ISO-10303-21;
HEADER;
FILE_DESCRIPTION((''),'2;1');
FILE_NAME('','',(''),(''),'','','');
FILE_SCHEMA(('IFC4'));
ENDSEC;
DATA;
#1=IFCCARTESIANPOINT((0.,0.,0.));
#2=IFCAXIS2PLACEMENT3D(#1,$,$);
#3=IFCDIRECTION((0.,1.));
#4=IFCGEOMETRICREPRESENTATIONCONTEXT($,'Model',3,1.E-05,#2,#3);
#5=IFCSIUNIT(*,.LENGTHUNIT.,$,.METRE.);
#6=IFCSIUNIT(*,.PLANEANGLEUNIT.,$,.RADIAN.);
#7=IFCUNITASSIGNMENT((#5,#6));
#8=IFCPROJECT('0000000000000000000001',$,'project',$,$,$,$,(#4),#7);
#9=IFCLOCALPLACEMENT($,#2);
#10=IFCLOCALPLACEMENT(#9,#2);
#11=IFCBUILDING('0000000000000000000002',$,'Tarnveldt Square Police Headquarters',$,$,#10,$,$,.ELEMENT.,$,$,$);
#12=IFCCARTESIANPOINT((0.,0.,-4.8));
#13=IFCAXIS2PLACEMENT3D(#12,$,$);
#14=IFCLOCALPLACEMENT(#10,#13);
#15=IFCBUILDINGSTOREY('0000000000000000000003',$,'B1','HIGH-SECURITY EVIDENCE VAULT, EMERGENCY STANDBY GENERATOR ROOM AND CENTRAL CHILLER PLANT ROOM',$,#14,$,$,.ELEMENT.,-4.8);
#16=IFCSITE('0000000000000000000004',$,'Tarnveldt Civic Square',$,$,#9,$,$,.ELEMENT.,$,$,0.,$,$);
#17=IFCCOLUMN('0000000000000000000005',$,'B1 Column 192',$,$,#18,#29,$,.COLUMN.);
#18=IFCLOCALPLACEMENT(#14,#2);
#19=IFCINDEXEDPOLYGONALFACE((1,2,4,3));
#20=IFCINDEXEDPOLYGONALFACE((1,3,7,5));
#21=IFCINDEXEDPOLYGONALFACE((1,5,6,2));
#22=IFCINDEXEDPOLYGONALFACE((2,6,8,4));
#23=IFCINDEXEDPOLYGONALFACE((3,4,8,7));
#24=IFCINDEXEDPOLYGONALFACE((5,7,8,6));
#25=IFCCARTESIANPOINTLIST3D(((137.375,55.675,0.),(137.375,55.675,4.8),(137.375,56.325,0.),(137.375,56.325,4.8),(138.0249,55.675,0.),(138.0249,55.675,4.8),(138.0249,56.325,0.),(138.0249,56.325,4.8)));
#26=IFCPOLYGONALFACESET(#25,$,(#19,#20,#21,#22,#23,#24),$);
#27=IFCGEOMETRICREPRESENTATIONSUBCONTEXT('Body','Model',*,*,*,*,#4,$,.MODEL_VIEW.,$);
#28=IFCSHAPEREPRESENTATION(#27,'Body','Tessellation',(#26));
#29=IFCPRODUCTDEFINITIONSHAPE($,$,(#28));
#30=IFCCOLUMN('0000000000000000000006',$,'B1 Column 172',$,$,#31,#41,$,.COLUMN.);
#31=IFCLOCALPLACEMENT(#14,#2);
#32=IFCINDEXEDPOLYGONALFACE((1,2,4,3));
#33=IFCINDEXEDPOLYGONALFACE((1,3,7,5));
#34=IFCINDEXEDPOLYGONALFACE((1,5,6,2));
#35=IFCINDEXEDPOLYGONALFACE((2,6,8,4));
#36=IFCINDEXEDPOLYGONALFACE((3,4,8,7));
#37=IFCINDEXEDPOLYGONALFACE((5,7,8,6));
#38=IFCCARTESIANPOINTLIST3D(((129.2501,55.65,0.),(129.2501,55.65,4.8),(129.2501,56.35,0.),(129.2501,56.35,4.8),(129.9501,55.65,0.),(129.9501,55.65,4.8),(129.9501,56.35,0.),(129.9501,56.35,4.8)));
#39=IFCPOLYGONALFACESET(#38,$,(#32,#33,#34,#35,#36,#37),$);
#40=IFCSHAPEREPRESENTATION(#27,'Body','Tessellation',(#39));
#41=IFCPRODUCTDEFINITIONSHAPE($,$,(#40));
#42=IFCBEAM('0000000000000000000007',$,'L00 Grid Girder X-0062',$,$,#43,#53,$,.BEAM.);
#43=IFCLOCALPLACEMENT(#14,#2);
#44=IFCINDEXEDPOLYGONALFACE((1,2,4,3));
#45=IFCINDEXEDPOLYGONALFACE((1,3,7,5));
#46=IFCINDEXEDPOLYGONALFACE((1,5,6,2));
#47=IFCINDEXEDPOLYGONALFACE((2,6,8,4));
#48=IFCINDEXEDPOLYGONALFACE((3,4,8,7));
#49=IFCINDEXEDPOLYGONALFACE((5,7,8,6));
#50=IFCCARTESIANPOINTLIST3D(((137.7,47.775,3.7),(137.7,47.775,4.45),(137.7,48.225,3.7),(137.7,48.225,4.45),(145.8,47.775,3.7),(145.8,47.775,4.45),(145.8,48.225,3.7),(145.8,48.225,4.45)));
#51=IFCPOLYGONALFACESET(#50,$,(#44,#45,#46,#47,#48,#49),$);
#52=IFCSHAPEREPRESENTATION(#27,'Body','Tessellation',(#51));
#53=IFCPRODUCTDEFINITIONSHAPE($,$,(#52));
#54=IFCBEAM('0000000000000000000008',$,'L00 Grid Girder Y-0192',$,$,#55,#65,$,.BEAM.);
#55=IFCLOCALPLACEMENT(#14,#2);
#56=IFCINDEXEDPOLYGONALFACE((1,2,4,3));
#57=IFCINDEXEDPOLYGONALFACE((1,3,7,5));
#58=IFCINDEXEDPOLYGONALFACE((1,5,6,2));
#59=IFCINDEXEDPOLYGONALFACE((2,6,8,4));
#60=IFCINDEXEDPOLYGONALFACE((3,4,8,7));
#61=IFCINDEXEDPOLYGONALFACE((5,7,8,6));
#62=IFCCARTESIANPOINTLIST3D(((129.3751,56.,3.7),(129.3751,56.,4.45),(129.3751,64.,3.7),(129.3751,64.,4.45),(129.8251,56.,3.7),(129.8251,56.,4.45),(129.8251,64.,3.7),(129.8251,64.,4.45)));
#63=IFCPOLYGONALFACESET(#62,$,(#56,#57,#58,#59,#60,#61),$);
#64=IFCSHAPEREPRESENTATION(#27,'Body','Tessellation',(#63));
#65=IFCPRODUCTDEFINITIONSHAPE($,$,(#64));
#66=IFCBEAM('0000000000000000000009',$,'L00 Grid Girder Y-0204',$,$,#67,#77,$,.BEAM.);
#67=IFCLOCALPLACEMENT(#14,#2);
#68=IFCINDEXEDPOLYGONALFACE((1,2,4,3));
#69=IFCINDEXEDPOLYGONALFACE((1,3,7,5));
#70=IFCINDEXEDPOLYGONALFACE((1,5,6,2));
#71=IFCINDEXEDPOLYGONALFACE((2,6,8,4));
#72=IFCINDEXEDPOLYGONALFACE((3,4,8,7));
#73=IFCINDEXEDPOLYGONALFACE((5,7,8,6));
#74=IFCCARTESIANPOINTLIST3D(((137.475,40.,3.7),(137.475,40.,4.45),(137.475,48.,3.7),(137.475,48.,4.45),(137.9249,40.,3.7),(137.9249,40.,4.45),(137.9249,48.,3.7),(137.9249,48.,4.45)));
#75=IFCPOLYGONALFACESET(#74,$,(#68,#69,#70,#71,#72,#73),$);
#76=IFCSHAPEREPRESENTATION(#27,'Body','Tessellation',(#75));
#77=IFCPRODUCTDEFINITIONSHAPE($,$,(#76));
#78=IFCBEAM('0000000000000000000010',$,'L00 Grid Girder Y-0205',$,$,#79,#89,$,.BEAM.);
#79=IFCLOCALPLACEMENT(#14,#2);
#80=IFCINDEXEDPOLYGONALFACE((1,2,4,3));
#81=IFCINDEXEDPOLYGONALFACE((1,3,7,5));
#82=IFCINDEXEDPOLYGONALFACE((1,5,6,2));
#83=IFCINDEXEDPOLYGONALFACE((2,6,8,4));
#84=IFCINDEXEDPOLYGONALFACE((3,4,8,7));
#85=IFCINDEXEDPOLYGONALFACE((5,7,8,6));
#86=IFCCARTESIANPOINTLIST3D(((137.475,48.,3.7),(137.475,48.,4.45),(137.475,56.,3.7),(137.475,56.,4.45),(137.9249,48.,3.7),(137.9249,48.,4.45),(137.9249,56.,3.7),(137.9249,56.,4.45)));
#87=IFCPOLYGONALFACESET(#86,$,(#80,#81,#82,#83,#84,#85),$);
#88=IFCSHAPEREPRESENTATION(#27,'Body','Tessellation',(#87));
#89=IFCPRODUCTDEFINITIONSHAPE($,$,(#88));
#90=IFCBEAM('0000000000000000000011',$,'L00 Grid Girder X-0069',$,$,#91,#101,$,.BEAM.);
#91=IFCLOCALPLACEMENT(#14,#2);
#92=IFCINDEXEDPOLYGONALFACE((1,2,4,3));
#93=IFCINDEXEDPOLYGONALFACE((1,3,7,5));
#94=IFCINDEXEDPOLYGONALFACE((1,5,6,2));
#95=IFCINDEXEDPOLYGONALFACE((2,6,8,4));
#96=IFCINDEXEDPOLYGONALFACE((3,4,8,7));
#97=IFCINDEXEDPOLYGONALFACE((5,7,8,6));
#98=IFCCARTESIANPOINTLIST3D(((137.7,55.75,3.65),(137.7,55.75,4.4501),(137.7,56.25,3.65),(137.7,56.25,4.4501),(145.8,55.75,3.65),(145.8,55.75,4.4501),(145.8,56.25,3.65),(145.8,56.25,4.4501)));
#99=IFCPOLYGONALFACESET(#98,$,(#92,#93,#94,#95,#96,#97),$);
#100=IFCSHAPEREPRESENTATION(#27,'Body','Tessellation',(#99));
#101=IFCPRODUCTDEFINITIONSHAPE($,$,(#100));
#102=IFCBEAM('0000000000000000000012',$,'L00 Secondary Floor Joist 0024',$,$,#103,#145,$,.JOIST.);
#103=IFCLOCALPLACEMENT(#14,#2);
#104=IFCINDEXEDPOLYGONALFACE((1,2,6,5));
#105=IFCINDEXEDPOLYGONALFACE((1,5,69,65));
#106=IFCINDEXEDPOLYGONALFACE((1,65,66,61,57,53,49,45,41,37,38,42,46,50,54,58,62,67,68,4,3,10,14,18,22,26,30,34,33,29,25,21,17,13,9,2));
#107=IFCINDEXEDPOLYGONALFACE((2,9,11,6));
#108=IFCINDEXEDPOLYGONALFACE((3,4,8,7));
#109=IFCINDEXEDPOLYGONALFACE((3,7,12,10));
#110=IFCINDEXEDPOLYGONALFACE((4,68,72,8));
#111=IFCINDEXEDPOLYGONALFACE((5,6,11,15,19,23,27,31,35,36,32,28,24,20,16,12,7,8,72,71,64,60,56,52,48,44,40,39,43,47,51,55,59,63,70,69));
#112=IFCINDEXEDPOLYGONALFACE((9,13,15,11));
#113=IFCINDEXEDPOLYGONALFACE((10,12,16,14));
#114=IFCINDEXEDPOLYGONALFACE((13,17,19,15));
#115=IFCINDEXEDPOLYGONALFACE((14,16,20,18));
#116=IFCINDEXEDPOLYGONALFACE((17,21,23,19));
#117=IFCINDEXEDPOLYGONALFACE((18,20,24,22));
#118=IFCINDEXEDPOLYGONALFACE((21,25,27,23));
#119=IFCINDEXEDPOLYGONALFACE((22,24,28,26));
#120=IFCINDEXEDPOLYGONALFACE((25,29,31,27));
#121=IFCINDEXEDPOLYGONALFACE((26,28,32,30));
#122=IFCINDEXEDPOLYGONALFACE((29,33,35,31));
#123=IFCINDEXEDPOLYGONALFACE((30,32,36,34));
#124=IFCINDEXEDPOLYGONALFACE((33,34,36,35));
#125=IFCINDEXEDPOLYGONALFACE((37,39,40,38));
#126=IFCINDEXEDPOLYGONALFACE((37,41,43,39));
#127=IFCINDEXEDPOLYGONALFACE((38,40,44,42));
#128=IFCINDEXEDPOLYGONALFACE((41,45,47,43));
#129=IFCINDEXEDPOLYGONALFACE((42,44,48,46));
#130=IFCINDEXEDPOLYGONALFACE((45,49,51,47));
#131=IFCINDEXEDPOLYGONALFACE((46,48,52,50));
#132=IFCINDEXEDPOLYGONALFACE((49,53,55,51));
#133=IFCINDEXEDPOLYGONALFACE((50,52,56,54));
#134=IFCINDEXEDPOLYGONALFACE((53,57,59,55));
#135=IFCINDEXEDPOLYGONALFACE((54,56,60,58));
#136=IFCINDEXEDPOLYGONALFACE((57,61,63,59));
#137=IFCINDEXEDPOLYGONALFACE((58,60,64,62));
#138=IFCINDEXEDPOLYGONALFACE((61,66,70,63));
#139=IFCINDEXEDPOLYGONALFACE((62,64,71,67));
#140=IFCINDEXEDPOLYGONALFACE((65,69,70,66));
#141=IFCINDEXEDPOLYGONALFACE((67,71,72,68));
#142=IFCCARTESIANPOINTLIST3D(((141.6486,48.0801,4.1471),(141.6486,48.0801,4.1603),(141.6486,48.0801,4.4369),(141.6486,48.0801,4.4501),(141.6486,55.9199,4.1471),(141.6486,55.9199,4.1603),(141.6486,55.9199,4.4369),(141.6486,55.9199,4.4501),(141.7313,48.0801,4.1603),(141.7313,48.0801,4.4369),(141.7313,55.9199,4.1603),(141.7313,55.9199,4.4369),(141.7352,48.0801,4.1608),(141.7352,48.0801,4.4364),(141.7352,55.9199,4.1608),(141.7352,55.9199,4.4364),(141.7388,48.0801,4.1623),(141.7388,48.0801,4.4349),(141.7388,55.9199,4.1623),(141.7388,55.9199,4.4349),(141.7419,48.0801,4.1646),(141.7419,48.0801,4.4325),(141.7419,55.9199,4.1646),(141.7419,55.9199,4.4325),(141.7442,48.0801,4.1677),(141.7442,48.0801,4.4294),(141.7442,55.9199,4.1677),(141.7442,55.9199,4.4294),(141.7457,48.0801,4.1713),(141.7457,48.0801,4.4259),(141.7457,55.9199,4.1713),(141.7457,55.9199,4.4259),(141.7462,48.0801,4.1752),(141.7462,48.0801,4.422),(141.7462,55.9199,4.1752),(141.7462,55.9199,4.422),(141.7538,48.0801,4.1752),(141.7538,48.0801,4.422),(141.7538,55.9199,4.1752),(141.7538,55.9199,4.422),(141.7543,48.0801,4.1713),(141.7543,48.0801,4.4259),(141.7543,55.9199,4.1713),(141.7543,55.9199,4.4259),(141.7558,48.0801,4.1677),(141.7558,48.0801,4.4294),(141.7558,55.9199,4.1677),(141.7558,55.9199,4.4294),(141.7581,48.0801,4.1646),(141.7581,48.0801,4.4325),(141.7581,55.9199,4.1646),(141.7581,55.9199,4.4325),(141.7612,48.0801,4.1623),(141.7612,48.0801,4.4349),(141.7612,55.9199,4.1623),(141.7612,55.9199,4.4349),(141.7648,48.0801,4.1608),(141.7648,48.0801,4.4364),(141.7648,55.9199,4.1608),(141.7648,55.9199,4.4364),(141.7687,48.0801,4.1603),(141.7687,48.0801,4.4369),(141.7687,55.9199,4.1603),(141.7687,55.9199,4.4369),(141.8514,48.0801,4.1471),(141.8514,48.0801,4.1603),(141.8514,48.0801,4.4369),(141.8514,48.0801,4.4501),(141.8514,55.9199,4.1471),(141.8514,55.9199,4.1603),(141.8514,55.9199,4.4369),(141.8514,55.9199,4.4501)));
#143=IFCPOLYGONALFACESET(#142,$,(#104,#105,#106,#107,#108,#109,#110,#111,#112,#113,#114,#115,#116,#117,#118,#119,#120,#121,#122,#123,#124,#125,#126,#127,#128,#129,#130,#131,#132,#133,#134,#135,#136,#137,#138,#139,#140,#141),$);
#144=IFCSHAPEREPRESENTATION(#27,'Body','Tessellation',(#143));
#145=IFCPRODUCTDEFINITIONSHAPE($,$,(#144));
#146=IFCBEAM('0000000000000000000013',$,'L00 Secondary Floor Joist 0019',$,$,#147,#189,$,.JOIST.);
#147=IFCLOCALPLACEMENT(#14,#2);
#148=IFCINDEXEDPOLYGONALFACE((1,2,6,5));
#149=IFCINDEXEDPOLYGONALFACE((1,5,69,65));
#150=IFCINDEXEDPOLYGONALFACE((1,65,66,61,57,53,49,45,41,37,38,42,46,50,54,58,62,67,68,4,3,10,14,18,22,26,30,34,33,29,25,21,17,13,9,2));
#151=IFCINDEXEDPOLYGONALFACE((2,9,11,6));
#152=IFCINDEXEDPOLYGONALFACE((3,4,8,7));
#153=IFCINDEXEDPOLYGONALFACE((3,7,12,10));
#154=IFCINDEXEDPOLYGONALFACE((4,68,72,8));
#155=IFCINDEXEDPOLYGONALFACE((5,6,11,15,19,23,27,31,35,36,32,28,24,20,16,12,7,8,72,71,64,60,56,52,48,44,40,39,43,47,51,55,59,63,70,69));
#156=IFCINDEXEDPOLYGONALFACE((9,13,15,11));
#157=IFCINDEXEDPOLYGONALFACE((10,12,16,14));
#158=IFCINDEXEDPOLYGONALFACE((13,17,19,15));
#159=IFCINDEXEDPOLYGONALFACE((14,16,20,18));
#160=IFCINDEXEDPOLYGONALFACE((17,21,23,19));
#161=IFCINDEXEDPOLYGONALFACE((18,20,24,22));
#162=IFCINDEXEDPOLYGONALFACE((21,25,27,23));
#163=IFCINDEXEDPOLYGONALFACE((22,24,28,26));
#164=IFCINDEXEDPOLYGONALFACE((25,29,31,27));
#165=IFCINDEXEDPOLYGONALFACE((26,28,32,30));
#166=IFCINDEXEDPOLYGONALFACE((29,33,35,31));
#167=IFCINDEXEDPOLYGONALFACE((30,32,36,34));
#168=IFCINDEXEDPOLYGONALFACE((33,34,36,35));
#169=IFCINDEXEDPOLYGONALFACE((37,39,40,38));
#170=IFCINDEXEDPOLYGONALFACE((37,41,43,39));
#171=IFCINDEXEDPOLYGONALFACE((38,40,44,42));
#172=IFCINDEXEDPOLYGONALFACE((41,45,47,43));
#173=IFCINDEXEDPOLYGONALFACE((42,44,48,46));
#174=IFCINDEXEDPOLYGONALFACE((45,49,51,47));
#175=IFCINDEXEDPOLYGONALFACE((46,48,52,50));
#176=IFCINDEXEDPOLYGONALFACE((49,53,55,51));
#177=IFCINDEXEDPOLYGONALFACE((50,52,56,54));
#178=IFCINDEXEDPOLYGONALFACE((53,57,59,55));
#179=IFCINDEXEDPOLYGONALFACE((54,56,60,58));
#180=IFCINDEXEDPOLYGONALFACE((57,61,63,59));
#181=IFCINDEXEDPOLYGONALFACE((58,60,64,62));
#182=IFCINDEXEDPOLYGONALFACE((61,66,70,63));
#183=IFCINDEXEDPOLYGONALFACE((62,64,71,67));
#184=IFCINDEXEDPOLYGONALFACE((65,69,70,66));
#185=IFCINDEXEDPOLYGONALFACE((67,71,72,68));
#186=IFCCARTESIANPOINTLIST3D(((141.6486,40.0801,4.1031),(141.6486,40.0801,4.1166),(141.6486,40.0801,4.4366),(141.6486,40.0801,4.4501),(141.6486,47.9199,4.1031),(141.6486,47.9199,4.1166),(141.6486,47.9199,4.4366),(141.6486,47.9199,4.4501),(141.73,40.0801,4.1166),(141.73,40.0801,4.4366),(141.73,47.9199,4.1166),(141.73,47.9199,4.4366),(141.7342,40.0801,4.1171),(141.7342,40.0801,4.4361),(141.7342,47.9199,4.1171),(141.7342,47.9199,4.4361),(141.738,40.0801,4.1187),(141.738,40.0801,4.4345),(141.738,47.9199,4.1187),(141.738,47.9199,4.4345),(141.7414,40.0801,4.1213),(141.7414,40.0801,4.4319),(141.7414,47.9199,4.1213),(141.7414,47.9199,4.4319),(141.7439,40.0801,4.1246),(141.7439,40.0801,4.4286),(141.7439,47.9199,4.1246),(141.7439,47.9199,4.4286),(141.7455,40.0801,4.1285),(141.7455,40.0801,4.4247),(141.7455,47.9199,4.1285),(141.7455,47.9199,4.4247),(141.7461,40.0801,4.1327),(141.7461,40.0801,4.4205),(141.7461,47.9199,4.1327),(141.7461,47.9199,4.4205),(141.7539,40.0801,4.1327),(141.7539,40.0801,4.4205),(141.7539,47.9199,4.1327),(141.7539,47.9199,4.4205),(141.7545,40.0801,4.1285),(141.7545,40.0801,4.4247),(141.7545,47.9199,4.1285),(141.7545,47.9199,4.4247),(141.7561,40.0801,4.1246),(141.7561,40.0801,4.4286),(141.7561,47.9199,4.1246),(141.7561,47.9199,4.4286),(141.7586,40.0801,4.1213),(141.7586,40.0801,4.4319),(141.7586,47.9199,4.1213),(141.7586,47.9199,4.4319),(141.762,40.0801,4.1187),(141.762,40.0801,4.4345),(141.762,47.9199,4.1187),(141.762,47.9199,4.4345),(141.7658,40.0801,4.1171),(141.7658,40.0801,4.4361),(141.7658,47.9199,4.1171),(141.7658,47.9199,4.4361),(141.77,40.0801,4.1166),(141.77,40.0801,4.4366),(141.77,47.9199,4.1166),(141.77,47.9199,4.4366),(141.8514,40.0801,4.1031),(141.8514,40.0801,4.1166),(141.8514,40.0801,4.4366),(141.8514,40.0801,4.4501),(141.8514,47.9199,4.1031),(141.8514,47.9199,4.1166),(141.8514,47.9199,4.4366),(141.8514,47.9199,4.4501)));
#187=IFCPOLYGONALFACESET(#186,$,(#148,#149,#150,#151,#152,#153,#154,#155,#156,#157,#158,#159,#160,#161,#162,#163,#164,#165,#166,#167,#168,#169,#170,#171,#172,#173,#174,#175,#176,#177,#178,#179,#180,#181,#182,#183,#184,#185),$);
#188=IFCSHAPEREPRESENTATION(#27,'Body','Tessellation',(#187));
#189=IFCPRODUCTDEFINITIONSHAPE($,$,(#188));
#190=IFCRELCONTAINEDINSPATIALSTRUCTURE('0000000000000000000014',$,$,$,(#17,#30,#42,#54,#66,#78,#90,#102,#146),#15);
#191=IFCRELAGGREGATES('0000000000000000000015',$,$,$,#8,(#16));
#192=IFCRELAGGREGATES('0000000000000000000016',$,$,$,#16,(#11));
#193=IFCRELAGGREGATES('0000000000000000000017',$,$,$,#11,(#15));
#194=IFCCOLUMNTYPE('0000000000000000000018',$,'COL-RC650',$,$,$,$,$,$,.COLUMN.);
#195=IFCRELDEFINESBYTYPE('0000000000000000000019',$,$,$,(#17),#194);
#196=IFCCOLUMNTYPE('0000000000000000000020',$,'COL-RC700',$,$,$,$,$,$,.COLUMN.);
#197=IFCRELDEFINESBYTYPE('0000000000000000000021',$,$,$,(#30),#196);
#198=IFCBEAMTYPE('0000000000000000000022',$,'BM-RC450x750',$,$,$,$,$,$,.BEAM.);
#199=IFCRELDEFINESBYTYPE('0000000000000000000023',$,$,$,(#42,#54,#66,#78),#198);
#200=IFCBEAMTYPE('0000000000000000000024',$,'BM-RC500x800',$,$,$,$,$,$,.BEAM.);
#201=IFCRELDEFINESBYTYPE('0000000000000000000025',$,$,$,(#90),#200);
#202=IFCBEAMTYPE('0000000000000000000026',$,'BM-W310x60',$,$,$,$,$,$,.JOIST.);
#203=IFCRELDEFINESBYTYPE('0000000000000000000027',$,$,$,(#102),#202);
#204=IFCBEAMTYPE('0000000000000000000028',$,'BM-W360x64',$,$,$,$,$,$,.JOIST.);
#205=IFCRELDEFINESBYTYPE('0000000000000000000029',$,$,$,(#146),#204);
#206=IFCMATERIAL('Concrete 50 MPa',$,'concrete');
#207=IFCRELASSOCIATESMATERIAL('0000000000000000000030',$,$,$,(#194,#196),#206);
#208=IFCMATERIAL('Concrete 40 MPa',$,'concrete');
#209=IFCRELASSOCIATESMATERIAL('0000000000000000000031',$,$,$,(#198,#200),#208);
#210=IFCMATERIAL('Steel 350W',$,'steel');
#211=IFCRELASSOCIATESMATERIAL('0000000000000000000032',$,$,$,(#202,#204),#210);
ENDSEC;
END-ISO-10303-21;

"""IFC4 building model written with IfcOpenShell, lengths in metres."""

from ifc_helpers import new_model, si_unit, direction, frame, origin, origin_2d, place, context, subcontext, project, spatial, rectangle, i_section, extrude, material, material_profile, profile_set, type_object, element, save


model = new_model("IFC4")

# Units and contexts
model_context = context("Model", 3, precision=1e-05, world=origin(), true_north=direction((0.0, 1.0)))
body_context = subcontext(model_context, "Body", "Model", "MODEL_VIEW")
ifc_project = project(units=[si_unit("LENGTHUNIT", "METRE"), si_unit("PLANEANGLEUNIT", "RADIAN")], contexts=[model_context])

# Site, building, storey
site_placement = place(None, origin())
site = spatial("IfcSite", under=ifc_project, at=site_placement, Name="Tarnveldt Civic Square", CompositionType="ELEMENT", RefElevation=0.0)
building_placement = place(site_placement, origin())
building = spatial("IfcBuilding", under=site, at=building_placement, Name="Tarnveldt Square Police Headquarters", CompositionType="ELEMENT")
storey_placement = place(building_placement, frame((0.0, 0.0, -4.8)))
storey = spatial("IfcBuildingStorey", under=building, at=storey_placement, Name="B1", Description="HIGH-SECURITY EVIDENCE VAULT, EMERGENCY STANDBY GENERATOR ROOM AND CENTRAL CHILLER PLANT ROOM", CompositionType="ELEMENT", Elevation=-4.8)

# Columns
ifc_material_1 = material(Name="Concrete 40 MPa", Category="concrete")
ifc_material_2 = material(Name="Concrete 50 MPa", Category="concrete")
ifc_material_profile_1 = material_profile(ifc_material_2, rectangle(XDim=0.6499, YDim=0.6499, at=origin_2d()), Name="RC-C650x650")
ifc_profile_set_1 = profile_set([ifc_material_profile_1], Name="Concrete 50 MPa")
column_type_1 = type_object("IfcColumnType", Name="COL-RC650", PredefinedType="COLUMN", material=ifc_profile_set_1)
column_1_placement = place(storey_placement, frame((137.7, 56.0, 0.0), z_axis=(0.0, 0.0, 1.0), x_axis=(1.0, 0.0, 0.0)))
element("IfcColumn", 1, at=column_1_placement, inside=storey, type_object=column_type_1, Name="B1 Column 192", PredefinedType="COLUMN", context=body_context, shape_type="SweptSolid", body=[
    extrude(rectangle(XDim=0.6499, YDim=0.6499, at=origin_2d()), origin(), (0.0, 0.0, 1.0), 4.8),
])
ifc_material_profile_2 = material_profile(ifc_material_2, rectangle(XDim=0.7, YDim=0.7, at=origin_2d()), Name="RC-C700x700")
ifc_profile_set_2 = profile_set([ifc_material_profile_2], Name="Concrete 50 MPa")
column_type_2 = type_object("IfcColumnType", Name="COL-RC700", PredefinedType="COLUMN", material=ifc_profile_set_2)
column_2_placement = place(storey_placement, frame((129.6001, 56.0, 0.0), z_axis=(0.0, 0.0, 1.0), x_axis=(1.0, 0.0, 0.0)))
element("IfcColumn", 2, at=column_2_placement, inside=storey, type_object=column_type_2, Name="B1 Column 172", PredefinedType="COLUMN", context=body_context, shape_type="SweptSolid", body=[
    extrude(rectangle(XDim=0.7, YDim=0.7, at=origin_2d()), origin(), (0.0, 0.0, 1.0), 4.8),
])

# Beams
ifc_material_profile_3 = material_profile(ifc_material_1, rectangle(XDim=0.45, YDim=0.75, at=origin_2d()), Name="RC-B450x750")
ifc_profile_set_3 = profile_set([ifc_material_profile_3], Name="Concrete 40 MPa")
beam_type_1 = type_object("IfcBeamType", Name="BM-RC450x750", PredefinedType="BEAM", material=ifc_profile_set_3)
beam_1_placement = place(storey_placement, frame((137.7, 48.0, 4.075), z_axis=(1.0, 0.0, 0.0), x_axis=(0.0, 1.0, 0.0)))
element("IfcBeam", 3, at=beam_1_placement, inside=storey, type_object=beam_type_1, Name="L00 Grid Girder X-0062", PredefinedType="BEAM", context=body_context, shape_type="SweptSolid", body=[
    extrude(rectangle(XDim=0.45, YDim=0.75, at=origin_2d()), origin(), (0.0, 0.0, 1.0), 8.1001),
])
for number, where, z_axis, x_axis, name in (
    (4, (129.6001, 56.0, 4.075), (0.0, 1.0, 0.0), (-1.0, 0.0, 0.0), "L00 Grid Girder Y-0192"),
    (5, (137.7, 40.0, 4.075), (0.0, 1.0, 0.0), (-1.0, 0.0, 0.0), "L00 Grid Girder Y-0204"),
    (6, (137.7, 48.0, 4.075), (0.0, 1.0, 0.0), (-1.0, 0.0, 0.0), "L00 Grid Girder Y-0205"),
):
    element("IfcBeam", number, at=place(storey_placement, frame(where, z_axis=z_axis, x_axis=x_axis)), inside=storey, type_object=beam_type_1, Name=name, PredefinedType="BEAM", context=body_context, shape_type="SweptSolid", body=[
        extrude(rectangle(XDim=0.45, YDim=0.75, at=origin_2d()), origin(), (0.0, 0.0, 1.0), 8.0),
    ])
ifc_material_profile_4 = material_profile(ifc_material_1, rectangle(XDim=0.5, YDim=0.8, at=origin_2d()), Name="RC-B500x800")
ifc_profile_set_4 = profile_set([ifc_material_profile_4], Name="Concrete 40 MPa")
beam_type_2 = type_object("IfcBeamType", Name="BM-RC500x800", PredefinedType="BEAM", material=ifc_profile_set_4)
beam_2_placement = place(storey_placement, frame((137.7, 56.0, 4.05), z_axis=(1.0, 0.0, 0.0), x_axis=(0.0, 1.0, 0.0)))
element("IfcBeam", 7, at=beam_2_placement, inside=storey, type_object=beam_type_2, Name="L00 Grid Girder X-0069", PredefinedType="BEAM", context=body_context, shape_type="SweptSolid", body=[
    extrude(rectangle(XDim=0.5, YDim=0.8, at=origin_2d()), origin(), (0.0, 0.0, 1.0), 8.1001),
])
ifc_material_3 = material(Name="Steel 350W", Category="steel")
ifc_material_profile_5 = material_profile(ifc_material_3, i_section(OverallWidth=0.2029, OverallDepth=0.303, WebThickness=0.0076, FlangeThickness=0.0132, FilletRadius=0.0149, at=origin_2d()), Name="W310x60")
ifc_profile_set_5 = profile_set([ifc_material_profile_5], Name="Steel 350W")
beam_type_3 = type_object("IfcBeamType", Name="BM-W310x60", PredefinedType="JOIST", material=ifc_profile_set_5)
beam_3_placement = place(storey_placement, frame((141.75, 48.0801, 4.2986), z_axis=(0.0, 1.0, 0.0), x_axis=(-1.0, 0.0, 0.0)))
element("IfcBeam", 8, at=beam_3_placement, inside=storey, type_object=beam_type_3, Name="L00 Secondary Floor Joist 0024", PredefinedType="JOIST", context=body_context, shape_type="SweptSolid", body=[
    extrude(i_section(OverallWidth=0.2029, OverallDepth=0.303, WebThickness=0.0076, FlangeThickness=0.0132, FilletRadius=0.0149, at=origin_2d()), origin(), (0.0, 0.0, 1.0), 7.8398),
])
ifc_material_profile_6 = material_profile(ifc_material_3, i_section(OverallWidth=0.2029, OverallDepth=0.3469, WebThickness=0.0078, FlangeThickness=0.0134, FilletRadius=0.0161, at=origin_2d()), Name="W360x64")
ifc_profile_set_6 = profile_set([ifc_material_profile_6], Name="Steel 350W")
beam_type_4 = type_object("IfcBeamType", Name="BM-W360x64", PredefinedType="JOIST", material=ifc_profile_set_6)
beam_4_placement = place(storey_placement, frame((141.75, 40.0801, 4.2766), z_axis=(0.0, 1.0, 0.0), x_axis=(-1.0, 0.0, 0.0)))
element("IfcBeam", 9, at=beam_4_placement, inside=storey, type_object=beam_type_4, Name="L00 Secondary Floor Joist 0019", PredefinedType="JOIST", context=body_context, shape_type="SweptSolid", body=[
    extrude(i_section(OverallWidth=0.2029, OverallDepth=0.3469, WebThickness=0.0078, FlangeThickness=0.0134, FilletRadius=0.0161, at=origin_2d()), origin(), (0.0, 0.0, 1.0), 7.8398),
])

save(model, "model.ifc")
